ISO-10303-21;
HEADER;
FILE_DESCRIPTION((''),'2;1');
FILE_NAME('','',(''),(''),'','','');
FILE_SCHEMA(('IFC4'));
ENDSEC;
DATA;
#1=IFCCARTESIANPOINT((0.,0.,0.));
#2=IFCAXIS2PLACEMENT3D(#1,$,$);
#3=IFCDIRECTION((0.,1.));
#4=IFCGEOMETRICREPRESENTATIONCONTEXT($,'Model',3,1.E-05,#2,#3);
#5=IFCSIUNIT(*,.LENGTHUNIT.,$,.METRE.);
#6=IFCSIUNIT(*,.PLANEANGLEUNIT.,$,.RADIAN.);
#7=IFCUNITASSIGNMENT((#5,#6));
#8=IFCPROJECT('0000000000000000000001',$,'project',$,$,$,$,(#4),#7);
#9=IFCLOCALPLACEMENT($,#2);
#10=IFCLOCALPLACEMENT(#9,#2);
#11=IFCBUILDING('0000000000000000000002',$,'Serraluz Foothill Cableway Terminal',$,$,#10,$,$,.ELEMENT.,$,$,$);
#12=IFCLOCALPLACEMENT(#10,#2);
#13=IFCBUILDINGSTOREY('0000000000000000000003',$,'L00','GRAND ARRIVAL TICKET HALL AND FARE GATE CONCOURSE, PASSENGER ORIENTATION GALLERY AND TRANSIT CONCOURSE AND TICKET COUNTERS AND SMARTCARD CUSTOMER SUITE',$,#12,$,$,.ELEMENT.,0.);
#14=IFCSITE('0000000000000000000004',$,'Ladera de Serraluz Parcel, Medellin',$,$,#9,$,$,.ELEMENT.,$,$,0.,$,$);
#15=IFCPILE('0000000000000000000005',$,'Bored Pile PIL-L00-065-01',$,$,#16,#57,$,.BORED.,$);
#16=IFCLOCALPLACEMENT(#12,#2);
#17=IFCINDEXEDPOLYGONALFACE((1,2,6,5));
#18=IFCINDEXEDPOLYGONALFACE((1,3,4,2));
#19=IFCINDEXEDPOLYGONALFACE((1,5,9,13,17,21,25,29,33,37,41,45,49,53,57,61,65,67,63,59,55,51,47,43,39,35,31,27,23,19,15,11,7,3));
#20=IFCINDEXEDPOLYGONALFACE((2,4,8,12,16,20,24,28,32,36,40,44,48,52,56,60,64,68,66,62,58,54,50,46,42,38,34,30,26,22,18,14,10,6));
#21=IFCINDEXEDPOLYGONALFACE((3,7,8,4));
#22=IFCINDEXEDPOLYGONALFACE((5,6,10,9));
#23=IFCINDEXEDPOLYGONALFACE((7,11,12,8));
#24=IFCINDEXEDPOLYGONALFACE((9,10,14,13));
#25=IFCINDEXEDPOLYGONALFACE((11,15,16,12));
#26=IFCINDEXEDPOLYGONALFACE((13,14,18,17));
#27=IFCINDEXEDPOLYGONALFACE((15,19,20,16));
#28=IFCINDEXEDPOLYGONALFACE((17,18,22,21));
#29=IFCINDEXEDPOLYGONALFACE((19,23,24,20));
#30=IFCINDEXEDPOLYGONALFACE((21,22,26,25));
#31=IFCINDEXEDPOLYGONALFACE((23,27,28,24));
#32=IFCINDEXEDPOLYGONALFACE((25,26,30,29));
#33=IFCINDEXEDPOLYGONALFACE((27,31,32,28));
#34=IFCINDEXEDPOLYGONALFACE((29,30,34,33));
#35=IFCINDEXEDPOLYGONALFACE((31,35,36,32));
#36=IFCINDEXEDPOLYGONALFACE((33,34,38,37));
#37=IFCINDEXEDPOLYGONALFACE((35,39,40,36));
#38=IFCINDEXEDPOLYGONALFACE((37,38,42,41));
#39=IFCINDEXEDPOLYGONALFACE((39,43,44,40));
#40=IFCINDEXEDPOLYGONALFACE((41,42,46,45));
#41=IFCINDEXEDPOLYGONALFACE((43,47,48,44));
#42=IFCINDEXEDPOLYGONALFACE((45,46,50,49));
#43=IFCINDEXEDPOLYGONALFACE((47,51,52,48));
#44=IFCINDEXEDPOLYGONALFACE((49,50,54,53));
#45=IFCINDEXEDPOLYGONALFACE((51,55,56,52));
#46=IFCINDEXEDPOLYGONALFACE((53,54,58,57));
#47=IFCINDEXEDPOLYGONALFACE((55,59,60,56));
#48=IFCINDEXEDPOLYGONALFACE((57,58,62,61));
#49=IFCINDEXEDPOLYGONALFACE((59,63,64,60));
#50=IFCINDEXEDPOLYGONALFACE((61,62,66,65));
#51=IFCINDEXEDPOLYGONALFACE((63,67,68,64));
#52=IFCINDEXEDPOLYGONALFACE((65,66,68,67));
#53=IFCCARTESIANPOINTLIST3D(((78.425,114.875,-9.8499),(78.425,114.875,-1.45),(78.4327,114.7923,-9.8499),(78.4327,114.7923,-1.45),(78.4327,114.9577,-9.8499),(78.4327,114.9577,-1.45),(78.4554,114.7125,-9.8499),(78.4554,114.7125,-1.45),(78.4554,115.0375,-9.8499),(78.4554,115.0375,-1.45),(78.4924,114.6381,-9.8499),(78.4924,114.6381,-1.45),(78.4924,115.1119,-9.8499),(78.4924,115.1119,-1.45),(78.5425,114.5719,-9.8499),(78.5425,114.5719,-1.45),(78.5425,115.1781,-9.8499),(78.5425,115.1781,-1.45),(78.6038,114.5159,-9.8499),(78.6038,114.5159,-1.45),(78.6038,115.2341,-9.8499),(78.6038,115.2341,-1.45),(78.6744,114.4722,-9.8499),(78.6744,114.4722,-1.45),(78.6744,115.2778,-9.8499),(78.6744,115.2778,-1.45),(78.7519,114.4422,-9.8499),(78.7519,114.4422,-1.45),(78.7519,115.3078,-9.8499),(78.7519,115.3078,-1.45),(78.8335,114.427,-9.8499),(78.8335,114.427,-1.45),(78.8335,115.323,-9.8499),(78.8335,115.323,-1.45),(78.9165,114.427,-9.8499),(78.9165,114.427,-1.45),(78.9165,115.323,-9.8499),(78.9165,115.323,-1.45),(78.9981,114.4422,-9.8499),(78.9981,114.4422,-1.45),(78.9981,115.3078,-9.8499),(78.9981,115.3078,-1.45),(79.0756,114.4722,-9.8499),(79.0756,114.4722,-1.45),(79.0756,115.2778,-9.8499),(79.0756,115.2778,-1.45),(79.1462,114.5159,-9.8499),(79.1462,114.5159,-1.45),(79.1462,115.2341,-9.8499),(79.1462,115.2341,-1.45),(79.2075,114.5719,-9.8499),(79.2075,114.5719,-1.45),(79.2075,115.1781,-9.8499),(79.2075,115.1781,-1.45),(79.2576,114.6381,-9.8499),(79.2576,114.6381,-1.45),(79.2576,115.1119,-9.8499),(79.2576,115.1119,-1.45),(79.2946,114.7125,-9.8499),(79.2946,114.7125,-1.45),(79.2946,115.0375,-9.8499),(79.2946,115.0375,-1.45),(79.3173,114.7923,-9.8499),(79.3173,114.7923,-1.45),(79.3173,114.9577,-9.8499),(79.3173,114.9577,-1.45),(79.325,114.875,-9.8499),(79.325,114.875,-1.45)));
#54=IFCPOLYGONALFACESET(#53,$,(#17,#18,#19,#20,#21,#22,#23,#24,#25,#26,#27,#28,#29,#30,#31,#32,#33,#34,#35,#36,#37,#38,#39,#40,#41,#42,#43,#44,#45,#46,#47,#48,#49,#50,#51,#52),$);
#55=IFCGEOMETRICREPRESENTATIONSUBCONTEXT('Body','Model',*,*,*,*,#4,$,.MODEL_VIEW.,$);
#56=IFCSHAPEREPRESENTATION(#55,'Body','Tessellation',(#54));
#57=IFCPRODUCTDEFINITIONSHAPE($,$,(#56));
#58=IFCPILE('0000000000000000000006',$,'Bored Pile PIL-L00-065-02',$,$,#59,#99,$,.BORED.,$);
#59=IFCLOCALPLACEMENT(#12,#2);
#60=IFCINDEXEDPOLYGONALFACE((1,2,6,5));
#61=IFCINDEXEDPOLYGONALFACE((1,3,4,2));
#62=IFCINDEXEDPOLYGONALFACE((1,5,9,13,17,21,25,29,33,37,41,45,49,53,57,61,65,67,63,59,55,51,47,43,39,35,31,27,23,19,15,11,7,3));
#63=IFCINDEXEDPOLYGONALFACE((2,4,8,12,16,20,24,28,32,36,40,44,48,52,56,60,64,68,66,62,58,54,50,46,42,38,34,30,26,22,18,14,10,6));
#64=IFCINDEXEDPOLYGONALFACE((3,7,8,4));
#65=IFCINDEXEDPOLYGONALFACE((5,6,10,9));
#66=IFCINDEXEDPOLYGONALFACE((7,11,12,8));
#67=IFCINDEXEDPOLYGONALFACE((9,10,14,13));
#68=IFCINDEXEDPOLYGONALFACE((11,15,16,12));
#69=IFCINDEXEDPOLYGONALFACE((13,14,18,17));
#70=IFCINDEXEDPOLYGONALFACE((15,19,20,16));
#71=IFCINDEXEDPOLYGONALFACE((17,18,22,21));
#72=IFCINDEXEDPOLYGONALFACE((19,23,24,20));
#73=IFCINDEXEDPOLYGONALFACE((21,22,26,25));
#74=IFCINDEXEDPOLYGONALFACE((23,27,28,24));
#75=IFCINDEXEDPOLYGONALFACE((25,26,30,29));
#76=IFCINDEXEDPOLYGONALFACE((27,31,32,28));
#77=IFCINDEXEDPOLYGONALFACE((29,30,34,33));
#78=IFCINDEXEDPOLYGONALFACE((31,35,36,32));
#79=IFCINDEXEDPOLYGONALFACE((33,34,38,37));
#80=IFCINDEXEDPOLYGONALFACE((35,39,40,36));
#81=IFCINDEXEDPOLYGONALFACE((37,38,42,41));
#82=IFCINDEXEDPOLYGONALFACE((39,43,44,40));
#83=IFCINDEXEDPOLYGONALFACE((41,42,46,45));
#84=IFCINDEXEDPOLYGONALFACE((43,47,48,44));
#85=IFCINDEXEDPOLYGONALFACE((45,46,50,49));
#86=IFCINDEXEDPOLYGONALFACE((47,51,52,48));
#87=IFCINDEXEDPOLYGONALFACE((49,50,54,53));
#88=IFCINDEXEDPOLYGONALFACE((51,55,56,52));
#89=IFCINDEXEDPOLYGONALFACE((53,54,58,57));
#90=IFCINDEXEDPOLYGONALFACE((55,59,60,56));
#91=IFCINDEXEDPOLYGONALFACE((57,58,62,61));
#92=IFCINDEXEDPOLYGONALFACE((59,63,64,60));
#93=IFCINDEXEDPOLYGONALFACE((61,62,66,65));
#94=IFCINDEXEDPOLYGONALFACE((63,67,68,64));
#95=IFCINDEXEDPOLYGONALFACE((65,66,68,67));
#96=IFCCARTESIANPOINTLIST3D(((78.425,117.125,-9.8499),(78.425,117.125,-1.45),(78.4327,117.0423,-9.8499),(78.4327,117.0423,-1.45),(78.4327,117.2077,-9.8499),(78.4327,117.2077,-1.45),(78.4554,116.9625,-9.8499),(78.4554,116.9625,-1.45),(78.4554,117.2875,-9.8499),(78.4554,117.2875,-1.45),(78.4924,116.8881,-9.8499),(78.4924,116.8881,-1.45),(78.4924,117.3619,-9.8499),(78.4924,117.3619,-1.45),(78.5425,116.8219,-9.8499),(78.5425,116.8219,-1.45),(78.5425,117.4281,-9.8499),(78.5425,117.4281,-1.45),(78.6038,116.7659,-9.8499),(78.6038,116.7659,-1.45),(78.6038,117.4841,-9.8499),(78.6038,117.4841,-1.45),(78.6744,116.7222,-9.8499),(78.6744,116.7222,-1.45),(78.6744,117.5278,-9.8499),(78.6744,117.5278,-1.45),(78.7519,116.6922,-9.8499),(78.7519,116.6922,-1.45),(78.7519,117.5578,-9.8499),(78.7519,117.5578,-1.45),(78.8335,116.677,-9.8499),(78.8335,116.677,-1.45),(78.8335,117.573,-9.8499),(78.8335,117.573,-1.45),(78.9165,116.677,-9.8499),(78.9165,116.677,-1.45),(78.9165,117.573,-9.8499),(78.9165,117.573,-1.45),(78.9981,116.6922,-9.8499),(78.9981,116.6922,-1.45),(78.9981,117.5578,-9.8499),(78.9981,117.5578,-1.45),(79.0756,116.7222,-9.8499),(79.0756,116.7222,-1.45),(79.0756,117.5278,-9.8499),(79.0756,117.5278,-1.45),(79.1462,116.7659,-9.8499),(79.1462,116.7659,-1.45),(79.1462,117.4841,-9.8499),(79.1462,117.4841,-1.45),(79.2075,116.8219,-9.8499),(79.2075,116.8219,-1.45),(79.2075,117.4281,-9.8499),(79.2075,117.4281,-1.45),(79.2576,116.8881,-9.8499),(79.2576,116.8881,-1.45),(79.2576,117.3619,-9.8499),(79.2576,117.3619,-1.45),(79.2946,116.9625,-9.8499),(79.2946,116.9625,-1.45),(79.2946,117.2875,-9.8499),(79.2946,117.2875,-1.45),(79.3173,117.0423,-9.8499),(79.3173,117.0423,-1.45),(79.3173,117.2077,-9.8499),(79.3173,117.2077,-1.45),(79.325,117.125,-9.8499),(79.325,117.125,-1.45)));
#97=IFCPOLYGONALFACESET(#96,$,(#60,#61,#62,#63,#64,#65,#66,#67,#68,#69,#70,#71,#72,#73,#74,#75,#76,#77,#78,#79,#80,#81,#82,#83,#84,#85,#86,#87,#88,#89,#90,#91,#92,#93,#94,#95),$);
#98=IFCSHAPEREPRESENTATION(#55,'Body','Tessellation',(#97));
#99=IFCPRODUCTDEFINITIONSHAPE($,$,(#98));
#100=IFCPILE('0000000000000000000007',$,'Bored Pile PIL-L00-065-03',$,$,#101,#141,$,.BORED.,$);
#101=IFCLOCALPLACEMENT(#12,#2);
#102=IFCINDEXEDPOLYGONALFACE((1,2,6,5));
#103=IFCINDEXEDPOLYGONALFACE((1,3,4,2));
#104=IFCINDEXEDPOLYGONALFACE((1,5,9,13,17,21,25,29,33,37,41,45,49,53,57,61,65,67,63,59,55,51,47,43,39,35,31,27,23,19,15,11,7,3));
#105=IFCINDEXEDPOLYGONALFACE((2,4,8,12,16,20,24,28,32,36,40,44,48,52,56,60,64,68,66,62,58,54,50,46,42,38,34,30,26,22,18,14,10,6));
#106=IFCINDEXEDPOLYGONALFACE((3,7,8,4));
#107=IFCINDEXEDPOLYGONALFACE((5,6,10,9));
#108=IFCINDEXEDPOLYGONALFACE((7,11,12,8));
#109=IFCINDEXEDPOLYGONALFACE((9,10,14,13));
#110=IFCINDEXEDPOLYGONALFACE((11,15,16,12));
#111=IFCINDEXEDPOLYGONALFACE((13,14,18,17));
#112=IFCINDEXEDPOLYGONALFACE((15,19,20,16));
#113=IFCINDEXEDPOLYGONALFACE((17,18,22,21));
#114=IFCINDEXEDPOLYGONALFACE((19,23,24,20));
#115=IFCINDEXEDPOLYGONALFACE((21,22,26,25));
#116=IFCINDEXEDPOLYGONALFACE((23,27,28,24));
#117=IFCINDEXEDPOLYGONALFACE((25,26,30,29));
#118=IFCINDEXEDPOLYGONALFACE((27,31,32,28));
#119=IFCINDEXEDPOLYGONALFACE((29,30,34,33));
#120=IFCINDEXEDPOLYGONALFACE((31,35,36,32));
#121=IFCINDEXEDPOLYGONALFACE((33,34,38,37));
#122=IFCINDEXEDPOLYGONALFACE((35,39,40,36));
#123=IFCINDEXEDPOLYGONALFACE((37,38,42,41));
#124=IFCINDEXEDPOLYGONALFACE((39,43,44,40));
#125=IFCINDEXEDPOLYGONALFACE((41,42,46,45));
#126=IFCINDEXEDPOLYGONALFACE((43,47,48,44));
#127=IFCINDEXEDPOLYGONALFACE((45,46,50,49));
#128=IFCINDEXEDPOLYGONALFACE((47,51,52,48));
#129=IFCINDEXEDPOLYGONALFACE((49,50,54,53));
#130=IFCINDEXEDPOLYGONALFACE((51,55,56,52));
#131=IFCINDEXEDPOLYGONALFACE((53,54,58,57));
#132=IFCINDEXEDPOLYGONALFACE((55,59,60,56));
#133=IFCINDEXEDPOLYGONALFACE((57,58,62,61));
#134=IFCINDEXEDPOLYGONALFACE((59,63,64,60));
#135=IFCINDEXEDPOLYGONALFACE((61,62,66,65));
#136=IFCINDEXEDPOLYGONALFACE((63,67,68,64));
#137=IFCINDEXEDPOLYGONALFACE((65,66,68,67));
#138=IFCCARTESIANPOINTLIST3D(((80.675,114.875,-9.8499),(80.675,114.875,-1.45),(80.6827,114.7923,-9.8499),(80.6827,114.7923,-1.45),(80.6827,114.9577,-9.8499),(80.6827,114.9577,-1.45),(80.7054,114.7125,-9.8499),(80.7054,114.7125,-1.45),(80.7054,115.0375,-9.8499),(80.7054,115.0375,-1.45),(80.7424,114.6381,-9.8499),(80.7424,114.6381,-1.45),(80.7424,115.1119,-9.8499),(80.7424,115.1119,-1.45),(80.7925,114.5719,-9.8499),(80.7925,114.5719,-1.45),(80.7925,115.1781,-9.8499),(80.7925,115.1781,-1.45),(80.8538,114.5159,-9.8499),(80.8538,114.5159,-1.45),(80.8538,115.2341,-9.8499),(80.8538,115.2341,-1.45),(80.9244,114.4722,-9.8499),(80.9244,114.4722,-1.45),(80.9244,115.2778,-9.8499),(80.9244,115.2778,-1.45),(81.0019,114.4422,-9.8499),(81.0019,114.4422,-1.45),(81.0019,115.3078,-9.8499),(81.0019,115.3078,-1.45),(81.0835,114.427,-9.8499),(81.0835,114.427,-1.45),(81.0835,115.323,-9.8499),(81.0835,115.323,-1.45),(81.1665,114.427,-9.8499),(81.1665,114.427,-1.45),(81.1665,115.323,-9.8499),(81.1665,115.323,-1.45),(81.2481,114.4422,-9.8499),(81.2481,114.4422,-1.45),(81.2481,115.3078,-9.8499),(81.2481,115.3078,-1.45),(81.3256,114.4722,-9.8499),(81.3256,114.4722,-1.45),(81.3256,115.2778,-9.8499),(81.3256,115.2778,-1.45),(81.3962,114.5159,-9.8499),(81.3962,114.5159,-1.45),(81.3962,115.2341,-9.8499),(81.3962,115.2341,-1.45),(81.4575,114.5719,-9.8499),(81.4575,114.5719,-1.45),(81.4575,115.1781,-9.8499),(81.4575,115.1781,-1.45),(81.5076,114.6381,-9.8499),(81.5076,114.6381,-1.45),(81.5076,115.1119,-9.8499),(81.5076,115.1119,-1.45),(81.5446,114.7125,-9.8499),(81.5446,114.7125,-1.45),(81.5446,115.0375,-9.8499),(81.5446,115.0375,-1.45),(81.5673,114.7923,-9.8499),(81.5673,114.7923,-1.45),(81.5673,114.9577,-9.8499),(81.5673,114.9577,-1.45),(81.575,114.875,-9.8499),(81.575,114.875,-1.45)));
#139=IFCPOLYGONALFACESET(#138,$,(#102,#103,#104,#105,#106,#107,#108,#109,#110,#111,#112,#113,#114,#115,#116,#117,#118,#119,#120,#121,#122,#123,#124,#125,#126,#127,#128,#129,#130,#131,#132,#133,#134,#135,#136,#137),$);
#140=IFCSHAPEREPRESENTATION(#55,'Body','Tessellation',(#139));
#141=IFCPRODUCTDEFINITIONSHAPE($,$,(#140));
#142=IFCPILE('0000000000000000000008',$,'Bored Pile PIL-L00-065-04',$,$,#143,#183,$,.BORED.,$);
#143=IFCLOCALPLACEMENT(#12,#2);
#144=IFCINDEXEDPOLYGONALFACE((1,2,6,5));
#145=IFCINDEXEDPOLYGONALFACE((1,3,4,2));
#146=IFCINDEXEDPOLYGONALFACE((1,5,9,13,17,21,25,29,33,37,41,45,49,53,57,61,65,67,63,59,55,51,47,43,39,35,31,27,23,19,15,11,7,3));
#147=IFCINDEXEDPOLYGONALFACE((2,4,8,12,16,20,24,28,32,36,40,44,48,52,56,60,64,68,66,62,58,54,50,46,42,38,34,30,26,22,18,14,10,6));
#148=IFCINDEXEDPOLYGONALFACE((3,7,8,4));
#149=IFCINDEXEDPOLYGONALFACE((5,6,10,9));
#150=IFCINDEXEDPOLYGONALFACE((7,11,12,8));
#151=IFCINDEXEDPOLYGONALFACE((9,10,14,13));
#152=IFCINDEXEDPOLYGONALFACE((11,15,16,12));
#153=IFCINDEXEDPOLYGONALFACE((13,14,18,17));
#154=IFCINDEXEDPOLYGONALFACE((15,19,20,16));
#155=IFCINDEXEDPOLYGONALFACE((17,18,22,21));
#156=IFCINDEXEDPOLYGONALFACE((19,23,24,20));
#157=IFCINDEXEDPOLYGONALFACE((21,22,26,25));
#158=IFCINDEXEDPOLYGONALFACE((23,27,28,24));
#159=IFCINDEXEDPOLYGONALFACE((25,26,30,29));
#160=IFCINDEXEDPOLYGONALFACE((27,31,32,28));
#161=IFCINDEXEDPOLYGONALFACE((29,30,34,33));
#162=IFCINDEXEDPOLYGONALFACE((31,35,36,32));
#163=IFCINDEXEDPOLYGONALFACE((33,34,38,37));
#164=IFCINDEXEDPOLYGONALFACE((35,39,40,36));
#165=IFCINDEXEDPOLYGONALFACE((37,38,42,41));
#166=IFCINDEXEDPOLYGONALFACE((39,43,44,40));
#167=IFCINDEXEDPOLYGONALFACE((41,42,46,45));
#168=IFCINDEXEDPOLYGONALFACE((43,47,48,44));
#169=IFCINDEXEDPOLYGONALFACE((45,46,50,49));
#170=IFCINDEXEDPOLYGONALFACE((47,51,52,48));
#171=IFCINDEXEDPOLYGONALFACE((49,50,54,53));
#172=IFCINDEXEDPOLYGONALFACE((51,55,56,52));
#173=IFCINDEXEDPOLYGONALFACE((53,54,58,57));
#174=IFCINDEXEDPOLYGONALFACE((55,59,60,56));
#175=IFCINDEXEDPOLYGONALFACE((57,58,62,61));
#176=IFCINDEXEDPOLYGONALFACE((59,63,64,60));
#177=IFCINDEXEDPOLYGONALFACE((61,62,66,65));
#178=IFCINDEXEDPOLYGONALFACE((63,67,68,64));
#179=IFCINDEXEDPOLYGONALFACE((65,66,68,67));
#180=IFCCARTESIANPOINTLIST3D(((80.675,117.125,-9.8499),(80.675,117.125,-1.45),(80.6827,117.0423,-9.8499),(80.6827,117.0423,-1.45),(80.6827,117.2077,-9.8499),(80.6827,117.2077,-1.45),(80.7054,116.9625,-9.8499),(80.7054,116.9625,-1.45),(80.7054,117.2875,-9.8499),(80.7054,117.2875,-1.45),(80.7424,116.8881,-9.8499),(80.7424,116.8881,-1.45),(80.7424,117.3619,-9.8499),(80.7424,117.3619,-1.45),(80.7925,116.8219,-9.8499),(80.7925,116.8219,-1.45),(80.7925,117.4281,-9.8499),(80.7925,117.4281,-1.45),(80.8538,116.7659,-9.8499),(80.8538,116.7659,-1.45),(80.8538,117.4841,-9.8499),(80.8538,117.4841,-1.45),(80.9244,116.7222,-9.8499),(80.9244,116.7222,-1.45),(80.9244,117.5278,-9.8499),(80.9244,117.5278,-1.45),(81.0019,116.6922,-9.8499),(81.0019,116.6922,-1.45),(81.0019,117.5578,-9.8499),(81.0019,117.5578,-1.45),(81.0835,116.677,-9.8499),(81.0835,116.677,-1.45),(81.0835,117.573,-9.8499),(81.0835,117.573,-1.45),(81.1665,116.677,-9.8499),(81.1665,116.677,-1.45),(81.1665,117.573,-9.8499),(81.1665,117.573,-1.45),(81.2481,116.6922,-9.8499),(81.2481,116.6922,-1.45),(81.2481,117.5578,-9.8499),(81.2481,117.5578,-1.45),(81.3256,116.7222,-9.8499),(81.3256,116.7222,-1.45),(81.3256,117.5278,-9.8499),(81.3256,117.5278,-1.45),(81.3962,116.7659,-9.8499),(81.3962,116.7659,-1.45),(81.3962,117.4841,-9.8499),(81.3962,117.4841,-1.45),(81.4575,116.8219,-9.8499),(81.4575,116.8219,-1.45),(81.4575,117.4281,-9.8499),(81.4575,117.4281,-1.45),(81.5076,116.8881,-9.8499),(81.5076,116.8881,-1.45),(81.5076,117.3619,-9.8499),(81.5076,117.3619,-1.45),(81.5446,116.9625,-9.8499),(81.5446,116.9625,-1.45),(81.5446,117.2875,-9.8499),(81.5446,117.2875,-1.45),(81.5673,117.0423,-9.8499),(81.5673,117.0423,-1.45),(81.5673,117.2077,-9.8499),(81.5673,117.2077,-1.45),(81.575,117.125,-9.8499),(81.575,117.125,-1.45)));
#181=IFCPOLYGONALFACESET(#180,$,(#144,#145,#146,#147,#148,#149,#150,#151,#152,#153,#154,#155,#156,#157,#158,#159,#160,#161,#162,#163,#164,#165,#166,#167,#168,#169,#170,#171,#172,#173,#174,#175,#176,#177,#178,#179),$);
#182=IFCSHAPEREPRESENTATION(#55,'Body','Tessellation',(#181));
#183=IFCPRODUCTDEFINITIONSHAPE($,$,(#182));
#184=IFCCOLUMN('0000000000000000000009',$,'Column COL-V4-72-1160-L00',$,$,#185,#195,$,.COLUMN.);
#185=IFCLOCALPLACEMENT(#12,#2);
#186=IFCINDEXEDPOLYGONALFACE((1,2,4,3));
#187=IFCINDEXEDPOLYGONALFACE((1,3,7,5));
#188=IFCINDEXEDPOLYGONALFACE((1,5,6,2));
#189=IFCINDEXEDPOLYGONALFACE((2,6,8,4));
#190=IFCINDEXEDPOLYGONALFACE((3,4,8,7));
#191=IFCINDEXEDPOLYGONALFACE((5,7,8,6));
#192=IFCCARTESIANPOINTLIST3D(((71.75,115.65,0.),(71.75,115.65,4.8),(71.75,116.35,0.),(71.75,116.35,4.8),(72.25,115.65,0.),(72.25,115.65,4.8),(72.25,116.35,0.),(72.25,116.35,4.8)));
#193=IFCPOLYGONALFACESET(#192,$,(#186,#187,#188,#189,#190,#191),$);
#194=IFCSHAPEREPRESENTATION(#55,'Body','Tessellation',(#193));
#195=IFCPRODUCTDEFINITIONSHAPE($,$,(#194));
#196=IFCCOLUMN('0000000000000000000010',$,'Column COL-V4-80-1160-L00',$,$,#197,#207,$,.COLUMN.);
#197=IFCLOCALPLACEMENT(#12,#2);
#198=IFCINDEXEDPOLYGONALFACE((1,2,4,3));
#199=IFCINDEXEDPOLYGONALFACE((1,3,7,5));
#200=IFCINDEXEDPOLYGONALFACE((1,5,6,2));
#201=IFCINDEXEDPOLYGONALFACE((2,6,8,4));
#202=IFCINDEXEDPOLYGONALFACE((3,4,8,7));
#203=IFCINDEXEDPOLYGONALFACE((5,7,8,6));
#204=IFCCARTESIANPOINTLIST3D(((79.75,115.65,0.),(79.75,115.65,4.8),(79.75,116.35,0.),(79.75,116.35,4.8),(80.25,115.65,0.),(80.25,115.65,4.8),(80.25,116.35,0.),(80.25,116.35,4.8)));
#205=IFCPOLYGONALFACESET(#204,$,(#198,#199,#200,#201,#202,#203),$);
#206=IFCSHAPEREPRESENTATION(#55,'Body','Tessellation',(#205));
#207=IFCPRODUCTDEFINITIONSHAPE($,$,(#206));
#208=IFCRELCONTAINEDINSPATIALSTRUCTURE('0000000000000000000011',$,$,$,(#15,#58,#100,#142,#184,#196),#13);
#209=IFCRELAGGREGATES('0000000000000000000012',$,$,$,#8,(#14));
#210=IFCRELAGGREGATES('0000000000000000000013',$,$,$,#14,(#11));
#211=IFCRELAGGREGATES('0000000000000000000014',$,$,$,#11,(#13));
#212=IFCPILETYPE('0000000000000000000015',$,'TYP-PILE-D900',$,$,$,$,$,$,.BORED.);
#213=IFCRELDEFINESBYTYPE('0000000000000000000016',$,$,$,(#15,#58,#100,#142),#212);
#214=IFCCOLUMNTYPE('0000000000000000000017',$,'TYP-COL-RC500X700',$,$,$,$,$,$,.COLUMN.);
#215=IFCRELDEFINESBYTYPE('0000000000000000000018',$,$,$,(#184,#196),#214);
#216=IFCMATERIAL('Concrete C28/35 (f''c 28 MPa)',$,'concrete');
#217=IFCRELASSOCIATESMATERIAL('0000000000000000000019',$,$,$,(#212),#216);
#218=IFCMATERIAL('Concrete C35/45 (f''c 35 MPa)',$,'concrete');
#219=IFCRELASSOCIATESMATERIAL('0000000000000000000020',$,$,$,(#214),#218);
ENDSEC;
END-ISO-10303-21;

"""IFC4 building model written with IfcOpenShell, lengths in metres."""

from ifc_helpers import new_model, si_unit, direction, frame, origin, origin_2d, place, context, subcontext, project, spatial, rectangle, circle, extrude, material, material_profile, profile_set, type_object, element, save


model = new_model("IFC4")

# Units and contexts
model_context = context("Model", 3, precision=1e-05, world=origin(), true_north=direction((0.0, 1.0)))
body_context = subcontext(model_context, "Body", "Model", "MODEL_VIEW")
ifc_project = project(units=[si_unit("LENGTHUNIT", "METRE"), si_unit("PLANEANGLEUNIT", "RADIAN")], contexts=[model_context])

# Site, building, storey
site_placement = place(None, origin())
site = spatial("IfcSite", under=ifc_project, at=site_placement, Name="Ladera de Serraluz Parcel, Medellin", CompositionType="ELEMENT", RefElevation=0.0)
building_placement = place(site_placement, origin())
building = spatial("IfcBuilding", under=site, at=building_placement, Name="Serraluz Foothill Cableway Terminal", CompositionType="ELEMENT")
storey_placement = place(building_placement, origin())
storey = spatial("IfcBuildingStorey", under=building, at=storey_placement, Name="L00", Description="GRAND ARRIVAL TICKET HALL AND FARE GATE CONCOURSE, PASSENGER ORIENTATION GALLERY AND TRANSIT CONCOURSE AND TICKET COUNTERS AND SMARTCARD CUSTOMER SUITE", CompositionType="ELEMENT", Elevation=0.0)

# Shared definitions
ifc_material_1 = material(Name="Concrete C35/45 (f'c 35 MPa)", Category="concrete")

# Piles
ifc_material_2 = material(Name="Concrete C28/35 (f'c 28 MPa)", Category="concrete")
ifc_material_profile_1 = material_profile(ifc_material_2, circle(Radius=0.45, at=origin_2d()), Name="BORED PILE D900")
ifc_profile_set_1 = profile_set([ifc_material_profile_1], Name="Concrete C28/35 (f'c 28 MPa)")
pile_type = type_object("IfcPileType", Name="TYP-PILE-D900", PredefinedType="BORED", material=ifc_profile_set_1)
for number, where, z_axis, x_axis, name in (
    (1, (78.875, 114.875, -1.45), (0.0, 0.0, -1.0), (1.0, 0.0, 0.0), "Bored Pile PIL-L00-065-01"),
    (2, (78.875, 117.125, -1.45), (0.0, 0.0, -1.0), (1.0, 0.0, 0.0), "Bored Pile PIL-L00-065-02"),
    (3, (81.125, 114.875, -1.45), (0.0, 0.0, -1.0), (1.0, 0.0, 0.0), "Bored Pile PIL-L00-065-03"),
    (4, (81.125, 117.125, -1.45), (0.0, 0.0, -1.0), (1.0, 0.0, 0.0), "Bored Pile PIL-L00-065-04"),
):
    element("IfcPile", number, at=place(storey_placement, frame(where, z_axis=z_axis, x_axis=x_axis)), inside=storey, type_object=pile_type, Name=name, PredefinedType="BORED", context=body_context, shape_type="SweptSolid", body=[
        extrude(circle(Radius=0.45, at=origin_2d()), origin(), (0.0, 0.0, 1.0), 8.3999),
    ])

# Columns
ifc_material_profile_2 = material_profile(ifc_material_1, rectangle(XDim=0.5, YDim=0.7, at=origin_2d()), Name="RC 500x700")
ifc_profile_set_2 = profile_set([ifc_material_profile_2], Name="Concrete C35/45 (f'c 35 MPa)")
column_type_1 = type_object("IfcColumnType", Name="TYP-COL-RC500X700", PredefinedType="COLUMN", material=ifc_profile_set_2)
for number, where, z_axis, x_axis, name in (
    (5, (72.0, 116.0, 0.0), (0.0, 0.0, 1.0), (1.0, 0.0, 0.0), "Column COL-V4-72-1160-L00"),
    (6, (80.0, 116.0, 0.0), (0.0, 0.0, 1.0), (1.0, 0.0, 0.0), "Column COL-V4-80-1160-L00"),
):
    element("IfcColumn", number, at=place(storey_placement, frame(where, z_axis=z_axis, x_axis=x_axis)), inside=storey, type_object=column_type_1, Name=name, PredefinedType="COLUMN", context=body_context, shape_type="SweptSolid", body=[
        extrude(rectangle(XDim=0.5, YDim=0.7, at=origin_2d()), origin(), (0.0, 0.0, 1.0), 4.8),
    ])

save(model, "model.ifc")
